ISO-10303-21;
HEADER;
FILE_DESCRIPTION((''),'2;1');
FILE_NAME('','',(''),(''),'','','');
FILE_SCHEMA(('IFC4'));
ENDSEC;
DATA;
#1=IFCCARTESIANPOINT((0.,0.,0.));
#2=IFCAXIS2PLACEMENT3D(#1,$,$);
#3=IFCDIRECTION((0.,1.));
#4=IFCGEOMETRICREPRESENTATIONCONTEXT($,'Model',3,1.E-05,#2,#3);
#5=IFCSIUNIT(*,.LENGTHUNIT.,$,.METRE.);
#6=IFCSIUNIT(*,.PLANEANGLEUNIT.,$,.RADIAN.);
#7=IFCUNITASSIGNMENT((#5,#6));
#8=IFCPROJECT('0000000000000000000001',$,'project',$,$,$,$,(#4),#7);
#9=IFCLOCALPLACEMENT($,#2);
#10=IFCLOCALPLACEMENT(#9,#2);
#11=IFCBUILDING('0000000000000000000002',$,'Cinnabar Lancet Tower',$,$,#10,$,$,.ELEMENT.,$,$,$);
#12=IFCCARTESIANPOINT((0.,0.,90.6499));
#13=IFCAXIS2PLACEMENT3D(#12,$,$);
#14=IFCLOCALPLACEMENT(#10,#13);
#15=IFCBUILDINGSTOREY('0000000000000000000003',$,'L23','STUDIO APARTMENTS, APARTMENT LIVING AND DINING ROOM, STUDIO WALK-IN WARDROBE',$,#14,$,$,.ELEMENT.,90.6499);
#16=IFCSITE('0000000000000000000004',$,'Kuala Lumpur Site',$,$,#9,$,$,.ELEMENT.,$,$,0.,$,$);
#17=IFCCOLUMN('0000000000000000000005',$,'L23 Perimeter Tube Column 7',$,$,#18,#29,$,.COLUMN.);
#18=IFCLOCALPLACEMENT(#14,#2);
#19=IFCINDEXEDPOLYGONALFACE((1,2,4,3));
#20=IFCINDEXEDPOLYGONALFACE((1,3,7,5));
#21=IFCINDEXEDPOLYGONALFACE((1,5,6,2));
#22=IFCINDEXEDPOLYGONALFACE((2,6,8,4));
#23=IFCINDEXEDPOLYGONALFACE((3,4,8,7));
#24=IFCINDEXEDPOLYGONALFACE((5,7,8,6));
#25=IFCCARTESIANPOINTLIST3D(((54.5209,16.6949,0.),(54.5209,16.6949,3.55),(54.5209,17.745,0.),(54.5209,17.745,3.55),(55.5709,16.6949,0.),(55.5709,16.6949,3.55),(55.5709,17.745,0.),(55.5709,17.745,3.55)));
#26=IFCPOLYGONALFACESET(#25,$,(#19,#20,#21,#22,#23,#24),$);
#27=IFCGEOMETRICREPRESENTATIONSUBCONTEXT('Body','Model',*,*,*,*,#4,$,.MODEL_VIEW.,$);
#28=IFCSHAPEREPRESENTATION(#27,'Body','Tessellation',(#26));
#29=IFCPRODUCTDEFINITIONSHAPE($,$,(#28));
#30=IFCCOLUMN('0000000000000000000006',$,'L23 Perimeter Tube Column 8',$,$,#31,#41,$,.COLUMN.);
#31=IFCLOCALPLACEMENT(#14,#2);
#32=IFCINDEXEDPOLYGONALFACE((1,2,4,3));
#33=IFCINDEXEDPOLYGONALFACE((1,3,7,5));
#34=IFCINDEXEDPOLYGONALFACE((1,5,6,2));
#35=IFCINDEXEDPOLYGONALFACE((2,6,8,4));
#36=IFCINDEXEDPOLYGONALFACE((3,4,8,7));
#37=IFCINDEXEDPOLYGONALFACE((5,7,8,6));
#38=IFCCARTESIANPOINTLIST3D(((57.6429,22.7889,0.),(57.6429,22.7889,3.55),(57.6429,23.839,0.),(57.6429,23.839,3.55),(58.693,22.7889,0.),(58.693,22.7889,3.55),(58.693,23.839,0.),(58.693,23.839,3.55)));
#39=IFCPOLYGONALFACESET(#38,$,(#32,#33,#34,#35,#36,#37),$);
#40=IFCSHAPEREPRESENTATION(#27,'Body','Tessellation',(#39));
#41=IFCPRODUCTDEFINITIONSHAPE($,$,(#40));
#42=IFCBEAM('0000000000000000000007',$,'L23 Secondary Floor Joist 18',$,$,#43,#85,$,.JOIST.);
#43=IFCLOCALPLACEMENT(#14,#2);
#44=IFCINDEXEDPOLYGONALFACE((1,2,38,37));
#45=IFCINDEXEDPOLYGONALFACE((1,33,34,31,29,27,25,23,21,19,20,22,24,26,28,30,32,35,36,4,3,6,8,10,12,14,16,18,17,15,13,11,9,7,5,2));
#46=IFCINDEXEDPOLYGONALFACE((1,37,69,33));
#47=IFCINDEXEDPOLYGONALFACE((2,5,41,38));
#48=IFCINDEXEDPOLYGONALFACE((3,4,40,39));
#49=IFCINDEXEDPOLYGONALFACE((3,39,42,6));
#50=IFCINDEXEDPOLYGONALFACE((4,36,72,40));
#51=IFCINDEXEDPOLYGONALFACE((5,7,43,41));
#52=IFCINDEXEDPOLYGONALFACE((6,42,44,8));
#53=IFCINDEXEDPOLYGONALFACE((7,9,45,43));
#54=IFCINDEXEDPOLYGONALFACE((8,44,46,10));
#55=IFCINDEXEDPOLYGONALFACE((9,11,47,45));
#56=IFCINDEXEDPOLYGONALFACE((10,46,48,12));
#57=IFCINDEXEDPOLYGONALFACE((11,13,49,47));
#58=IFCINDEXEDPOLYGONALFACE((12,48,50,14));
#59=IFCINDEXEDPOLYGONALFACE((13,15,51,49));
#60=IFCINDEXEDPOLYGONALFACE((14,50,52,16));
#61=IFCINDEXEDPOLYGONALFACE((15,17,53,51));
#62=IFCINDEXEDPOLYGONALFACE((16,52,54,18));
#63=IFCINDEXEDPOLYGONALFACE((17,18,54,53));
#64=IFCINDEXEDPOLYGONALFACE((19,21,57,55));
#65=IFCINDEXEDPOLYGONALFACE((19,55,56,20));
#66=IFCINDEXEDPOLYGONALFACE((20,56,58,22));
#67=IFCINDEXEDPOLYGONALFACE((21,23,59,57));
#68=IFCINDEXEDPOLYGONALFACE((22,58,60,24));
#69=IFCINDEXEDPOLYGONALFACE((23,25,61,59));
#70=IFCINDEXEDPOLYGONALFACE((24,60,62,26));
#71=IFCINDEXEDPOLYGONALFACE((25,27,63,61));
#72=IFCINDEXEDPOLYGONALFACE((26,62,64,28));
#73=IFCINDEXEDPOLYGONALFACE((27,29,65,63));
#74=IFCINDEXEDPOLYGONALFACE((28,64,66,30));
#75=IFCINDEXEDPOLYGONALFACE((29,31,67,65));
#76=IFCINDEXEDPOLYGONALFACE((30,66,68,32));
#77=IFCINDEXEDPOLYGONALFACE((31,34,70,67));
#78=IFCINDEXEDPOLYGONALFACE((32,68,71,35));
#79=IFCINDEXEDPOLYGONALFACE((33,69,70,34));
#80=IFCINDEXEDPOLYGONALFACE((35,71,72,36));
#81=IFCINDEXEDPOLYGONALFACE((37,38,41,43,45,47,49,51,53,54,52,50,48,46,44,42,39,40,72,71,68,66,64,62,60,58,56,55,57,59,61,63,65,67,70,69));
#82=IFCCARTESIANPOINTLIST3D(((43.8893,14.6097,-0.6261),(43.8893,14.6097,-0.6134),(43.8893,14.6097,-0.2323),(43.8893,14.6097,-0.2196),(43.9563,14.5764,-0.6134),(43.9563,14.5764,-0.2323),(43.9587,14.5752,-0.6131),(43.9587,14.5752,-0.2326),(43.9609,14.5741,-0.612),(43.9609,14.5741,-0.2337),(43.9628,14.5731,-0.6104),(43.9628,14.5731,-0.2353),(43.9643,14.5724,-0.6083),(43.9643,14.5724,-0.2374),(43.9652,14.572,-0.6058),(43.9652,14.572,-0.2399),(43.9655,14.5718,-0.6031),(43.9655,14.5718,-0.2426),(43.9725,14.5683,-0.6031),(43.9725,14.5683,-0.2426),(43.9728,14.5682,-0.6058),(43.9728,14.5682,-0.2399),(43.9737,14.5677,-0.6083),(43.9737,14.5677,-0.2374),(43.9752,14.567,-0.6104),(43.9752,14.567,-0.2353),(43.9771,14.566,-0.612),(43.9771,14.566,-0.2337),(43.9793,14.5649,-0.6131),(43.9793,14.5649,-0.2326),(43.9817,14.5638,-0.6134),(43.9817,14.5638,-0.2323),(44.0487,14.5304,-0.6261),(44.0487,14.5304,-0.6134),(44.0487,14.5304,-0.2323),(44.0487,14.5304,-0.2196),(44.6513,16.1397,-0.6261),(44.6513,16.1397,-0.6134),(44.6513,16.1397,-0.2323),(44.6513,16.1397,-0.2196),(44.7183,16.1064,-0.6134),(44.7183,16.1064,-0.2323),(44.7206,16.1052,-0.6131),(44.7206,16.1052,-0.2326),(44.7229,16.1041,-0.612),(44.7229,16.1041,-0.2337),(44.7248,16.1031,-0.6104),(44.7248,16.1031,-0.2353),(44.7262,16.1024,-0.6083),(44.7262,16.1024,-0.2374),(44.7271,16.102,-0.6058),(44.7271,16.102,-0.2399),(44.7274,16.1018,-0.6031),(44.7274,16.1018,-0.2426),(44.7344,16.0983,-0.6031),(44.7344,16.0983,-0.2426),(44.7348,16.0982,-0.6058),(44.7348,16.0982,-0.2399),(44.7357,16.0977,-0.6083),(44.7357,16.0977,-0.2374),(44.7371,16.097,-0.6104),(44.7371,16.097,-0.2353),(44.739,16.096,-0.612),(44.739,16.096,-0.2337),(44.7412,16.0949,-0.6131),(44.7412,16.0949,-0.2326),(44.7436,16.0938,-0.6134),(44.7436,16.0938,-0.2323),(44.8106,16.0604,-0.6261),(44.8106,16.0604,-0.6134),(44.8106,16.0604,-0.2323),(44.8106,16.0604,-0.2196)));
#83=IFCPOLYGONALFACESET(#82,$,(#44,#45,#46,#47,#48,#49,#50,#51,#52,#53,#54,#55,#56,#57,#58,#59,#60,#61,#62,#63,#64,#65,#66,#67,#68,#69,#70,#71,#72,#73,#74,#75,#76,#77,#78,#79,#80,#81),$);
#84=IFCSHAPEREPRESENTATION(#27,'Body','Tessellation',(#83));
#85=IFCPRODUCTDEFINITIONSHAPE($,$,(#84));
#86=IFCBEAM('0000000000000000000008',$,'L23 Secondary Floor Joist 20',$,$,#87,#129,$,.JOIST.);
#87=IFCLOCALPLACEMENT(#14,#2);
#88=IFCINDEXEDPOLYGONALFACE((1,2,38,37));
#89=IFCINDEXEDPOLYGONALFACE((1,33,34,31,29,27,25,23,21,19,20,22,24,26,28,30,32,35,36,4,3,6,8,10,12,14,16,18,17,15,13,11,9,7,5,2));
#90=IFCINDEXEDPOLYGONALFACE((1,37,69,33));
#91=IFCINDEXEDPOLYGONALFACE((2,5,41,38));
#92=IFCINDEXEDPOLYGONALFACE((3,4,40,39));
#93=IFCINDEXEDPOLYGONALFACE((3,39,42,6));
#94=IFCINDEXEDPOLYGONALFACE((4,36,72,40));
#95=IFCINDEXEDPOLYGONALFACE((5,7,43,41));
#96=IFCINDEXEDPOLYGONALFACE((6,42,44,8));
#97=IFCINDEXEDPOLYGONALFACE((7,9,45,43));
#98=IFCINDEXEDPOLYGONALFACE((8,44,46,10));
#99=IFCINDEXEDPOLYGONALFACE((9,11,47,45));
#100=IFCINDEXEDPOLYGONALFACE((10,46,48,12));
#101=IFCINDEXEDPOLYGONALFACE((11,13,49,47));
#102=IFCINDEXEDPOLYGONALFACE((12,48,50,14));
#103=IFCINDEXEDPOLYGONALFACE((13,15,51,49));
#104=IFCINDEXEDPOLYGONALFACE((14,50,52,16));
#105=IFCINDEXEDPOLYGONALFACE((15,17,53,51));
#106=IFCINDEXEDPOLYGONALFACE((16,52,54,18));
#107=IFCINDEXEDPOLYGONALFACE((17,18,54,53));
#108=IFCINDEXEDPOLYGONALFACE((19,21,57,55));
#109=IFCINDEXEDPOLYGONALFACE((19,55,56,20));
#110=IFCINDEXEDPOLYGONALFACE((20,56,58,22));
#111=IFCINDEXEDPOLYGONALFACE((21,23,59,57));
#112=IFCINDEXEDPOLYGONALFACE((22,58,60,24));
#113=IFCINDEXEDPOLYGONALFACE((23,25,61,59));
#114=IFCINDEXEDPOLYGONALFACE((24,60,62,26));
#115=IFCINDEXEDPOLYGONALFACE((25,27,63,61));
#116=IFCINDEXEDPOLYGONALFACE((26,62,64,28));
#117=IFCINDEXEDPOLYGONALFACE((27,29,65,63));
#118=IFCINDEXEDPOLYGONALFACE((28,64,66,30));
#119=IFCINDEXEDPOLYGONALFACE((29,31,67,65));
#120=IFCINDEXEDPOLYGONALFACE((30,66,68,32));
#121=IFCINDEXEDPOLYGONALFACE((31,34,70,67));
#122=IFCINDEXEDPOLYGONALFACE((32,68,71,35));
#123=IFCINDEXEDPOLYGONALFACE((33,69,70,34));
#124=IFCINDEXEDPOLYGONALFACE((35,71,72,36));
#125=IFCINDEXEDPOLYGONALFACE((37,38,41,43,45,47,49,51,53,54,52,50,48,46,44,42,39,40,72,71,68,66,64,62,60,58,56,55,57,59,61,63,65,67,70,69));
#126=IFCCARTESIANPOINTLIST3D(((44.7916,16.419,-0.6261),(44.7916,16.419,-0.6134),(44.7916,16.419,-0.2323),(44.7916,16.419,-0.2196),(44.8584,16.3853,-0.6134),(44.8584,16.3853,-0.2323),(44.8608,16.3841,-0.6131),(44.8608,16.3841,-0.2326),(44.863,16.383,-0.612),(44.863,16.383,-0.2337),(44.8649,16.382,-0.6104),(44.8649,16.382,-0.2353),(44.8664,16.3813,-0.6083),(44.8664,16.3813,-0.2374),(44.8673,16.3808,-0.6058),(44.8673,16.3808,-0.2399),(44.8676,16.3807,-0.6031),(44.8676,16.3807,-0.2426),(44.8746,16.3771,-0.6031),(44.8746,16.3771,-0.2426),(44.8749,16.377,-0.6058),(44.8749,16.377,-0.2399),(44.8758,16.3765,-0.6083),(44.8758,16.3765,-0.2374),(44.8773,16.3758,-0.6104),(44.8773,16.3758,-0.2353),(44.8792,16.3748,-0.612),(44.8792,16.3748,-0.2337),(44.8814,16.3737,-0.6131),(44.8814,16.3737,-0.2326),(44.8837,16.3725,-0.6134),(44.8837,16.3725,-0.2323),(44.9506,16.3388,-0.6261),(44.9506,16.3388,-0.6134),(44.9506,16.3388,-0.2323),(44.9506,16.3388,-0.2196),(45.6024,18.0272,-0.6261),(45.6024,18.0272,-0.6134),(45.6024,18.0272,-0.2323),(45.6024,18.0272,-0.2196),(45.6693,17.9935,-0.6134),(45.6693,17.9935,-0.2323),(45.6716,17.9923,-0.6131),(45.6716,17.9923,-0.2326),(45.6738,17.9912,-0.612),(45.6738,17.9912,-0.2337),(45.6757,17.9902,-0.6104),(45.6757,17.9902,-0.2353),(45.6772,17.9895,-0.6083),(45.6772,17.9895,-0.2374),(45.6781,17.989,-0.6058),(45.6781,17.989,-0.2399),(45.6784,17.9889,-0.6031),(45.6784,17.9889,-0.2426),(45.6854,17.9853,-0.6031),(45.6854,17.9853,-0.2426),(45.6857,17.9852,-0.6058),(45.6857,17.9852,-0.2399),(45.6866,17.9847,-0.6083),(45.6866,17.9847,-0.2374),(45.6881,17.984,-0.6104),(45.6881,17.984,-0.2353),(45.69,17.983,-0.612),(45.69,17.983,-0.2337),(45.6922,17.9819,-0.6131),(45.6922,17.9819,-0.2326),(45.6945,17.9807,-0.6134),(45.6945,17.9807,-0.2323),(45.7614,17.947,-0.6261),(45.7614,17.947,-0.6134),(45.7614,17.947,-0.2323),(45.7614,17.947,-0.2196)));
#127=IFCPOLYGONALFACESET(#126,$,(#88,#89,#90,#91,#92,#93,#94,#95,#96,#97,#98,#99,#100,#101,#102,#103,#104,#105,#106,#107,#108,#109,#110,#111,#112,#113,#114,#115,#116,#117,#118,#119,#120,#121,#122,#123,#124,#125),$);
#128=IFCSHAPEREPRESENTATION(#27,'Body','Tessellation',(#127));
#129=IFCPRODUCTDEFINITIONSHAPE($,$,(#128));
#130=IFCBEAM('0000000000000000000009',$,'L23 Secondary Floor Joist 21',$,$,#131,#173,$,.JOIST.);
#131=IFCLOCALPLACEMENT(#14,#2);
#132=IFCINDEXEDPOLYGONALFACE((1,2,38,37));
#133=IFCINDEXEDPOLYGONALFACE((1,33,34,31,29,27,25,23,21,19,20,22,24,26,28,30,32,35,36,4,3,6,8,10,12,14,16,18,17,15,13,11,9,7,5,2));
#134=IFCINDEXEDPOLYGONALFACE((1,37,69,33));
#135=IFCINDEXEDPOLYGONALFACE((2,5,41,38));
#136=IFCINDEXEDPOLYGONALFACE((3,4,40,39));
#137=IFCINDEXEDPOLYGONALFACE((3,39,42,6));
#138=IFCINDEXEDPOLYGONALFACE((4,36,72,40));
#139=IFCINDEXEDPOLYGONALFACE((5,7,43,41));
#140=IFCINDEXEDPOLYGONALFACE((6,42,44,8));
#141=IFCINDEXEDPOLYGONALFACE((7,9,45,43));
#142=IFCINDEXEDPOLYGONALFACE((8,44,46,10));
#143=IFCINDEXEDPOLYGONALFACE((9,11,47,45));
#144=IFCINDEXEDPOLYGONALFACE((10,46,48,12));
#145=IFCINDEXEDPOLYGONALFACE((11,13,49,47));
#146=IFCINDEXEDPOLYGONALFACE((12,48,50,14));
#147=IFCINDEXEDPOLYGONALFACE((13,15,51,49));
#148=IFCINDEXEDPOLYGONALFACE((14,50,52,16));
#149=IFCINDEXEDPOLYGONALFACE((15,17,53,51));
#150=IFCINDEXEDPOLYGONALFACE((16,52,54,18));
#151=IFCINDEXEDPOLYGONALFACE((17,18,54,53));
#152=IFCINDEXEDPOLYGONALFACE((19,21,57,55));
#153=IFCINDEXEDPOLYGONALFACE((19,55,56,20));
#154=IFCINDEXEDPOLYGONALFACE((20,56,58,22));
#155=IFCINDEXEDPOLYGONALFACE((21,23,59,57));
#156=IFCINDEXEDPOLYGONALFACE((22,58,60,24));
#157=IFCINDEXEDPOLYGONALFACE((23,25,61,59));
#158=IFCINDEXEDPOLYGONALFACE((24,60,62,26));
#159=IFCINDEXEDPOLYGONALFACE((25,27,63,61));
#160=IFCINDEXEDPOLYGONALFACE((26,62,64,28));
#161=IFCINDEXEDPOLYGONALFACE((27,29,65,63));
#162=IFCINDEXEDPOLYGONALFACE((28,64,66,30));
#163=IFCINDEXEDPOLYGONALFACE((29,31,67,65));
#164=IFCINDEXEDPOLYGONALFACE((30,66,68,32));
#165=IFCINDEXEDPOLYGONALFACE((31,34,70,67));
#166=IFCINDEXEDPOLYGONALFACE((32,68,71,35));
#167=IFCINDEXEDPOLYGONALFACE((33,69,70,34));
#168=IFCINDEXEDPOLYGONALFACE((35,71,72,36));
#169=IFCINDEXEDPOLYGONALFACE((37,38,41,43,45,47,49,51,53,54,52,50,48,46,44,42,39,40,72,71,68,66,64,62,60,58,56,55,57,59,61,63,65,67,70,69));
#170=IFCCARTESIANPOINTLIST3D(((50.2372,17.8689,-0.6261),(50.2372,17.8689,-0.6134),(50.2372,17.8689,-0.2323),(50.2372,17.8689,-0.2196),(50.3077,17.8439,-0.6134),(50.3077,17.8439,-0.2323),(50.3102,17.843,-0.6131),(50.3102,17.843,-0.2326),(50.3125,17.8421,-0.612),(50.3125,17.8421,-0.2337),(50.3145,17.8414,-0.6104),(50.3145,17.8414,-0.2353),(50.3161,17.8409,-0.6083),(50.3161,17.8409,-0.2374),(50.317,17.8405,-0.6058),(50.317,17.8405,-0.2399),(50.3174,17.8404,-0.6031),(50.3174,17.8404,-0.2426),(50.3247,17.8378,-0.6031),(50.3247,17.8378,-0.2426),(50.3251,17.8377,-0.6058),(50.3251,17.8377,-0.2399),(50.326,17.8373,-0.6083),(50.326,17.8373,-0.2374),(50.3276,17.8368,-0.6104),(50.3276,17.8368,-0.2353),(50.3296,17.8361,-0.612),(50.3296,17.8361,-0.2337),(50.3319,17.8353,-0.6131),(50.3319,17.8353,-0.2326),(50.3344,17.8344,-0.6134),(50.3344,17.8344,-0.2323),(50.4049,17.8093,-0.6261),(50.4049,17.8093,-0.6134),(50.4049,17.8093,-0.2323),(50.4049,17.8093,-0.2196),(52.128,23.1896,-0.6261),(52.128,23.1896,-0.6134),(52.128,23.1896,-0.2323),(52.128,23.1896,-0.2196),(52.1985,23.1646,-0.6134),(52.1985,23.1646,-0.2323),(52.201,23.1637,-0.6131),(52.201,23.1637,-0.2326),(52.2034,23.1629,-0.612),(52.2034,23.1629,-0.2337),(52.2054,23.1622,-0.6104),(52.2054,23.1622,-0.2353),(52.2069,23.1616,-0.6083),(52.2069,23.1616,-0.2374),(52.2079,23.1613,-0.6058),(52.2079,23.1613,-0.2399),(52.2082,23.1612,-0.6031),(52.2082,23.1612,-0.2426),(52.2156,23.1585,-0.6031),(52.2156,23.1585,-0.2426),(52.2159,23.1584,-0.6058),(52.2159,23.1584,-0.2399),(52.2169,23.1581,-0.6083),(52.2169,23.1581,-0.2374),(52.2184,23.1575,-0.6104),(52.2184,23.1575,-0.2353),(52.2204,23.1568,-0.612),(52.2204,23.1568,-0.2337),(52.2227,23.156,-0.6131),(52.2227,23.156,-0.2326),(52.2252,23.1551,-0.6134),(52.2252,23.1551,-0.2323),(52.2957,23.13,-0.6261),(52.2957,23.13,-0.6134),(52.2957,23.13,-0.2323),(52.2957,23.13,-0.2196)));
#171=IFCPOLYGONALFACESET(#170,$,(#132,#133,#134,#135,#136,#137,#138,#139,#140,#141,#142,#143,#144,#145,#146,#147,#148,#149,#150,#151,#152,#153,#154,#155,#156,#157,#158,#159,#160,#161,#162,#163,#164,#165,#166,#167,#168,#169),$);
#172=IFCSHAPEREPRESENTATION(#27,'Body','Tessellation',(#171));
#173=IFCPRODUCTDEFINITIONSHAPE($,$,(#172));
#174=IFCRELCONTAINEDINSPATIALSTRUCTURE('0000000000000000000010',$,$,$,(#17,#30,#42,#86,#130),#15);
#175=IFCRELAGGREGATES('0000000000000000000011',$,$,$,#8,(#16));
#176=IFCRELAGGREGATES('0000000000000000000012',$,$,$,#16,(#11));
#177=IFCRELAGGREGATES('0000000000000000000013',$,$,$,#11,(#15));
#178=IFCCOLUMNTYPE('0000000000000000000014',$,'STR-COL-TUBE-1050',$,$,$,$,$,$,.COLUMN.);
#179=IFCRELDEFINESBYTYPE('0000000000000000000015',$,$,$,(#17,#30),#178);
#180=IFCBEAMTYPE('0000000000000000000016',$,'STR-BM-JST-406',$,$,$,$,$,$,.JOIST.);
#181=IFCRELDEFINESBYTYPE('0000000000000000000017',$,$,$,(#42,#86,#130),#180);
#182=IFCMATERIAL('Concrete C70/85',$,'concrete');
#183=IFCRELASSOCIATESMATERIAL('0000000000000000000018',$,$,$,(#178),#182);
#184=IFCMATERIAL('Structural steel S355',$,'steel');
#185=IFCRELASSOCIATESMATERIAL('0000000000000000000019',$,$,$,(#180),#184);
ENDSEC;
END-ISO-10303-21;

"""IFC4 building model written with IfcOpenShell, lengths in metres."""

from ifc_helpers import new_model, si_unit, direction, frame, origin, origin_2d, place, context, subcontext, project, spatial, rectangle, i_section, extrude, material, material_profile, profile_set, type_object, element, save


model = new_model("IFC4")

# Units and contexts
model_context = context("Model", 3, precision=1e-05, world=origin(), true_north=direction((0.0, 1.0)))
body_context = subcontext(model_context, "Body", "Model", "MODEL_VIEW")
ifc_project = project(units=[si_unit("LENGTHUNIT", "METRE"), si_unit("PLANEANGLEUNIT", "RADIAN")], contexts=[model_context])

# Site, building, storey
site_placement = place(None, origin())
site = spatial("IfcSite", under=ifc_project, at=site_placement, Name="Kuala Lumpur Site", CompositionType="ELEMENT", RefElevation=0.0)
building_placement = place(site_placement, origin())
building = spatial("IfcBuilding", under=site, at=building_placement, Name="Cinnabar Lancet Tower", CompositionType="ELEMENT")
storey_placement = place(building_placement, frame((0.0, 0.0, 90.6499)))
storey = spatial("IfcBuildingStorey", under=building, at=storey_placement, Name="L23", Description="STUDIO APARTMENTS, APARTMENT LIVING AND DINING ROOM, STUDIO WALK-IN WARDROBE", CompositionType="ELEMENT", Elevation=90.6499)

# Columns
ifc_material_1 = material(Name="Concrete C70/85", Category="concrete")
ifc_material_profile_1 = material_profile(ifc_material_1, rectangle(XDim=1.05, YDim=1.05, at=origin_2d()), Name="RC-COL 1050x1050")
ifc_profile_set_1 = profile_set([ifc_material_profile_1], Name="Concrete C70/85")
column_type = type_object("IfcColumnType", Name="STR-COL-TUBE-1050", PredefinedType="COLUMN", material=ifc_profile_set_1)
for number, where, z_axis, x_axis, name in (
    (1, (55.0459, 17.22, 0.0), (0.0, 0.0, 1.0), (1.0, 0.0, 0.0), "L23 Perimeter Tube Column 7"),
    (2, (58.168, 23.314, 0.0), (0.0, 0.0, 1.0), (1.0, 0.0, 0.0), "L23 Perimeter Tube Column 8"),
):
    element("IfcColumn", number, at=place(storey_placement, frame(where, z_axis=z_axis, x_axis=x_axis)), inside=storey, type_object=column_type, Name=name, PredefinedType="COLUMN", context=body_context, shape_type="SweptSolid", body=[
        extrude(rectangle(XDim=1.05, YDim=1.05, at=origin_2d()), origin(), (0.0, 0.0, 1.0), 3.55),
    ])

# Beams
ifc_material_2 = material(Name="Structural steel S355", Category="steel")
ifc_material_profile_2 = material_profile(ifc_material_2, i_section(OverallWidth=0.178, OverallDepth=0.4065, WebThickness=0.0078, FlangeThickness=0.0127, FilletRadius=0.0103, at=origin_2d()), Name="UKB 406x178x60")
ifc_profile_set_2 = profile_set([ifc_material_profile_2], Name="Structural steel S355")
beam_type_1 = type_object("IfcBeamType", Name="STR-BM-JST-406", PredefinedType="JOIST", material=ifc_profile_set_2)
beam_1_placement = place(storey_placement, frame((43.969, 14.5701, -0.4229), z_axis=(0.445785, 0.89514, 0.0), x_axis=(-0.89514, 0.445785, 0.0)))
element("IfcBeam", 3, at=beam_1_placement, inside=storey, type_object=beam_type_1, Name="L23 Secondary Floor Joist 18", PredefinedType="JOIST", context=body_context, shape_type="SweptSolid", body=[
    extrude(i_section(OverallWidth=0.178, OverallDepth=0.4065, WebThickness=0.0078, FlangeThickness=0.0127, FilletRadius=0.0103, at=origin_2d()), origin(), (0.0, 0.0, 1.0), 1.7092),
])
beam_2_placement = place(storey_placement, frame((44.8711, 16.3789, -0.4229), z_axis=(0.450193, 0.892931, 0.0), x_axis=(-0.892931, 0.450193, 0.0)))
element("IfcBeam", 4, at=beam_2_placement, inside=storey, type_object=beam_type_1, Name="L23 Secondary Floor Joist 20", PredefinedType="JOIST", context=body_context, shape_type="SweptSolid", body=[
    extrude(i_section(OverallWidth=0.178, OverallDepth=0.4065, WebThickness=0.0078, FlangeThickness=0.0127, FilletRadius=0.0103, at=origin_2d()), origin(), (0.0, 0.0, 1.0), 1.801),
])
beam_3_placement = place(storey_placement, frame((50.321, 17.8391, -0.4229), z_axis=(0.334857, 0.942269, 0.0), x_axis=(-0.942269, 0.334857, 0.0)))
element("IfcBeam", 5, at=beam_3_placement, inside=storey, type_object=beam_type_1, Name="L23 Secondary Floor Joist 21", PredefinedType="JOIST", context=body_context, shape_type="SweptSolid", body=[
    extrude(i_section(OverallWidth=0.178, OverallDepth=0.4065, WebThickness=0.0078, FlangeThickness=0.0127, FilletRadius=0.0103, at=origin_2d()), origin(), (0.0, 0.0, 1.0), 5.6467),
])

save(model, "model.ifc")
